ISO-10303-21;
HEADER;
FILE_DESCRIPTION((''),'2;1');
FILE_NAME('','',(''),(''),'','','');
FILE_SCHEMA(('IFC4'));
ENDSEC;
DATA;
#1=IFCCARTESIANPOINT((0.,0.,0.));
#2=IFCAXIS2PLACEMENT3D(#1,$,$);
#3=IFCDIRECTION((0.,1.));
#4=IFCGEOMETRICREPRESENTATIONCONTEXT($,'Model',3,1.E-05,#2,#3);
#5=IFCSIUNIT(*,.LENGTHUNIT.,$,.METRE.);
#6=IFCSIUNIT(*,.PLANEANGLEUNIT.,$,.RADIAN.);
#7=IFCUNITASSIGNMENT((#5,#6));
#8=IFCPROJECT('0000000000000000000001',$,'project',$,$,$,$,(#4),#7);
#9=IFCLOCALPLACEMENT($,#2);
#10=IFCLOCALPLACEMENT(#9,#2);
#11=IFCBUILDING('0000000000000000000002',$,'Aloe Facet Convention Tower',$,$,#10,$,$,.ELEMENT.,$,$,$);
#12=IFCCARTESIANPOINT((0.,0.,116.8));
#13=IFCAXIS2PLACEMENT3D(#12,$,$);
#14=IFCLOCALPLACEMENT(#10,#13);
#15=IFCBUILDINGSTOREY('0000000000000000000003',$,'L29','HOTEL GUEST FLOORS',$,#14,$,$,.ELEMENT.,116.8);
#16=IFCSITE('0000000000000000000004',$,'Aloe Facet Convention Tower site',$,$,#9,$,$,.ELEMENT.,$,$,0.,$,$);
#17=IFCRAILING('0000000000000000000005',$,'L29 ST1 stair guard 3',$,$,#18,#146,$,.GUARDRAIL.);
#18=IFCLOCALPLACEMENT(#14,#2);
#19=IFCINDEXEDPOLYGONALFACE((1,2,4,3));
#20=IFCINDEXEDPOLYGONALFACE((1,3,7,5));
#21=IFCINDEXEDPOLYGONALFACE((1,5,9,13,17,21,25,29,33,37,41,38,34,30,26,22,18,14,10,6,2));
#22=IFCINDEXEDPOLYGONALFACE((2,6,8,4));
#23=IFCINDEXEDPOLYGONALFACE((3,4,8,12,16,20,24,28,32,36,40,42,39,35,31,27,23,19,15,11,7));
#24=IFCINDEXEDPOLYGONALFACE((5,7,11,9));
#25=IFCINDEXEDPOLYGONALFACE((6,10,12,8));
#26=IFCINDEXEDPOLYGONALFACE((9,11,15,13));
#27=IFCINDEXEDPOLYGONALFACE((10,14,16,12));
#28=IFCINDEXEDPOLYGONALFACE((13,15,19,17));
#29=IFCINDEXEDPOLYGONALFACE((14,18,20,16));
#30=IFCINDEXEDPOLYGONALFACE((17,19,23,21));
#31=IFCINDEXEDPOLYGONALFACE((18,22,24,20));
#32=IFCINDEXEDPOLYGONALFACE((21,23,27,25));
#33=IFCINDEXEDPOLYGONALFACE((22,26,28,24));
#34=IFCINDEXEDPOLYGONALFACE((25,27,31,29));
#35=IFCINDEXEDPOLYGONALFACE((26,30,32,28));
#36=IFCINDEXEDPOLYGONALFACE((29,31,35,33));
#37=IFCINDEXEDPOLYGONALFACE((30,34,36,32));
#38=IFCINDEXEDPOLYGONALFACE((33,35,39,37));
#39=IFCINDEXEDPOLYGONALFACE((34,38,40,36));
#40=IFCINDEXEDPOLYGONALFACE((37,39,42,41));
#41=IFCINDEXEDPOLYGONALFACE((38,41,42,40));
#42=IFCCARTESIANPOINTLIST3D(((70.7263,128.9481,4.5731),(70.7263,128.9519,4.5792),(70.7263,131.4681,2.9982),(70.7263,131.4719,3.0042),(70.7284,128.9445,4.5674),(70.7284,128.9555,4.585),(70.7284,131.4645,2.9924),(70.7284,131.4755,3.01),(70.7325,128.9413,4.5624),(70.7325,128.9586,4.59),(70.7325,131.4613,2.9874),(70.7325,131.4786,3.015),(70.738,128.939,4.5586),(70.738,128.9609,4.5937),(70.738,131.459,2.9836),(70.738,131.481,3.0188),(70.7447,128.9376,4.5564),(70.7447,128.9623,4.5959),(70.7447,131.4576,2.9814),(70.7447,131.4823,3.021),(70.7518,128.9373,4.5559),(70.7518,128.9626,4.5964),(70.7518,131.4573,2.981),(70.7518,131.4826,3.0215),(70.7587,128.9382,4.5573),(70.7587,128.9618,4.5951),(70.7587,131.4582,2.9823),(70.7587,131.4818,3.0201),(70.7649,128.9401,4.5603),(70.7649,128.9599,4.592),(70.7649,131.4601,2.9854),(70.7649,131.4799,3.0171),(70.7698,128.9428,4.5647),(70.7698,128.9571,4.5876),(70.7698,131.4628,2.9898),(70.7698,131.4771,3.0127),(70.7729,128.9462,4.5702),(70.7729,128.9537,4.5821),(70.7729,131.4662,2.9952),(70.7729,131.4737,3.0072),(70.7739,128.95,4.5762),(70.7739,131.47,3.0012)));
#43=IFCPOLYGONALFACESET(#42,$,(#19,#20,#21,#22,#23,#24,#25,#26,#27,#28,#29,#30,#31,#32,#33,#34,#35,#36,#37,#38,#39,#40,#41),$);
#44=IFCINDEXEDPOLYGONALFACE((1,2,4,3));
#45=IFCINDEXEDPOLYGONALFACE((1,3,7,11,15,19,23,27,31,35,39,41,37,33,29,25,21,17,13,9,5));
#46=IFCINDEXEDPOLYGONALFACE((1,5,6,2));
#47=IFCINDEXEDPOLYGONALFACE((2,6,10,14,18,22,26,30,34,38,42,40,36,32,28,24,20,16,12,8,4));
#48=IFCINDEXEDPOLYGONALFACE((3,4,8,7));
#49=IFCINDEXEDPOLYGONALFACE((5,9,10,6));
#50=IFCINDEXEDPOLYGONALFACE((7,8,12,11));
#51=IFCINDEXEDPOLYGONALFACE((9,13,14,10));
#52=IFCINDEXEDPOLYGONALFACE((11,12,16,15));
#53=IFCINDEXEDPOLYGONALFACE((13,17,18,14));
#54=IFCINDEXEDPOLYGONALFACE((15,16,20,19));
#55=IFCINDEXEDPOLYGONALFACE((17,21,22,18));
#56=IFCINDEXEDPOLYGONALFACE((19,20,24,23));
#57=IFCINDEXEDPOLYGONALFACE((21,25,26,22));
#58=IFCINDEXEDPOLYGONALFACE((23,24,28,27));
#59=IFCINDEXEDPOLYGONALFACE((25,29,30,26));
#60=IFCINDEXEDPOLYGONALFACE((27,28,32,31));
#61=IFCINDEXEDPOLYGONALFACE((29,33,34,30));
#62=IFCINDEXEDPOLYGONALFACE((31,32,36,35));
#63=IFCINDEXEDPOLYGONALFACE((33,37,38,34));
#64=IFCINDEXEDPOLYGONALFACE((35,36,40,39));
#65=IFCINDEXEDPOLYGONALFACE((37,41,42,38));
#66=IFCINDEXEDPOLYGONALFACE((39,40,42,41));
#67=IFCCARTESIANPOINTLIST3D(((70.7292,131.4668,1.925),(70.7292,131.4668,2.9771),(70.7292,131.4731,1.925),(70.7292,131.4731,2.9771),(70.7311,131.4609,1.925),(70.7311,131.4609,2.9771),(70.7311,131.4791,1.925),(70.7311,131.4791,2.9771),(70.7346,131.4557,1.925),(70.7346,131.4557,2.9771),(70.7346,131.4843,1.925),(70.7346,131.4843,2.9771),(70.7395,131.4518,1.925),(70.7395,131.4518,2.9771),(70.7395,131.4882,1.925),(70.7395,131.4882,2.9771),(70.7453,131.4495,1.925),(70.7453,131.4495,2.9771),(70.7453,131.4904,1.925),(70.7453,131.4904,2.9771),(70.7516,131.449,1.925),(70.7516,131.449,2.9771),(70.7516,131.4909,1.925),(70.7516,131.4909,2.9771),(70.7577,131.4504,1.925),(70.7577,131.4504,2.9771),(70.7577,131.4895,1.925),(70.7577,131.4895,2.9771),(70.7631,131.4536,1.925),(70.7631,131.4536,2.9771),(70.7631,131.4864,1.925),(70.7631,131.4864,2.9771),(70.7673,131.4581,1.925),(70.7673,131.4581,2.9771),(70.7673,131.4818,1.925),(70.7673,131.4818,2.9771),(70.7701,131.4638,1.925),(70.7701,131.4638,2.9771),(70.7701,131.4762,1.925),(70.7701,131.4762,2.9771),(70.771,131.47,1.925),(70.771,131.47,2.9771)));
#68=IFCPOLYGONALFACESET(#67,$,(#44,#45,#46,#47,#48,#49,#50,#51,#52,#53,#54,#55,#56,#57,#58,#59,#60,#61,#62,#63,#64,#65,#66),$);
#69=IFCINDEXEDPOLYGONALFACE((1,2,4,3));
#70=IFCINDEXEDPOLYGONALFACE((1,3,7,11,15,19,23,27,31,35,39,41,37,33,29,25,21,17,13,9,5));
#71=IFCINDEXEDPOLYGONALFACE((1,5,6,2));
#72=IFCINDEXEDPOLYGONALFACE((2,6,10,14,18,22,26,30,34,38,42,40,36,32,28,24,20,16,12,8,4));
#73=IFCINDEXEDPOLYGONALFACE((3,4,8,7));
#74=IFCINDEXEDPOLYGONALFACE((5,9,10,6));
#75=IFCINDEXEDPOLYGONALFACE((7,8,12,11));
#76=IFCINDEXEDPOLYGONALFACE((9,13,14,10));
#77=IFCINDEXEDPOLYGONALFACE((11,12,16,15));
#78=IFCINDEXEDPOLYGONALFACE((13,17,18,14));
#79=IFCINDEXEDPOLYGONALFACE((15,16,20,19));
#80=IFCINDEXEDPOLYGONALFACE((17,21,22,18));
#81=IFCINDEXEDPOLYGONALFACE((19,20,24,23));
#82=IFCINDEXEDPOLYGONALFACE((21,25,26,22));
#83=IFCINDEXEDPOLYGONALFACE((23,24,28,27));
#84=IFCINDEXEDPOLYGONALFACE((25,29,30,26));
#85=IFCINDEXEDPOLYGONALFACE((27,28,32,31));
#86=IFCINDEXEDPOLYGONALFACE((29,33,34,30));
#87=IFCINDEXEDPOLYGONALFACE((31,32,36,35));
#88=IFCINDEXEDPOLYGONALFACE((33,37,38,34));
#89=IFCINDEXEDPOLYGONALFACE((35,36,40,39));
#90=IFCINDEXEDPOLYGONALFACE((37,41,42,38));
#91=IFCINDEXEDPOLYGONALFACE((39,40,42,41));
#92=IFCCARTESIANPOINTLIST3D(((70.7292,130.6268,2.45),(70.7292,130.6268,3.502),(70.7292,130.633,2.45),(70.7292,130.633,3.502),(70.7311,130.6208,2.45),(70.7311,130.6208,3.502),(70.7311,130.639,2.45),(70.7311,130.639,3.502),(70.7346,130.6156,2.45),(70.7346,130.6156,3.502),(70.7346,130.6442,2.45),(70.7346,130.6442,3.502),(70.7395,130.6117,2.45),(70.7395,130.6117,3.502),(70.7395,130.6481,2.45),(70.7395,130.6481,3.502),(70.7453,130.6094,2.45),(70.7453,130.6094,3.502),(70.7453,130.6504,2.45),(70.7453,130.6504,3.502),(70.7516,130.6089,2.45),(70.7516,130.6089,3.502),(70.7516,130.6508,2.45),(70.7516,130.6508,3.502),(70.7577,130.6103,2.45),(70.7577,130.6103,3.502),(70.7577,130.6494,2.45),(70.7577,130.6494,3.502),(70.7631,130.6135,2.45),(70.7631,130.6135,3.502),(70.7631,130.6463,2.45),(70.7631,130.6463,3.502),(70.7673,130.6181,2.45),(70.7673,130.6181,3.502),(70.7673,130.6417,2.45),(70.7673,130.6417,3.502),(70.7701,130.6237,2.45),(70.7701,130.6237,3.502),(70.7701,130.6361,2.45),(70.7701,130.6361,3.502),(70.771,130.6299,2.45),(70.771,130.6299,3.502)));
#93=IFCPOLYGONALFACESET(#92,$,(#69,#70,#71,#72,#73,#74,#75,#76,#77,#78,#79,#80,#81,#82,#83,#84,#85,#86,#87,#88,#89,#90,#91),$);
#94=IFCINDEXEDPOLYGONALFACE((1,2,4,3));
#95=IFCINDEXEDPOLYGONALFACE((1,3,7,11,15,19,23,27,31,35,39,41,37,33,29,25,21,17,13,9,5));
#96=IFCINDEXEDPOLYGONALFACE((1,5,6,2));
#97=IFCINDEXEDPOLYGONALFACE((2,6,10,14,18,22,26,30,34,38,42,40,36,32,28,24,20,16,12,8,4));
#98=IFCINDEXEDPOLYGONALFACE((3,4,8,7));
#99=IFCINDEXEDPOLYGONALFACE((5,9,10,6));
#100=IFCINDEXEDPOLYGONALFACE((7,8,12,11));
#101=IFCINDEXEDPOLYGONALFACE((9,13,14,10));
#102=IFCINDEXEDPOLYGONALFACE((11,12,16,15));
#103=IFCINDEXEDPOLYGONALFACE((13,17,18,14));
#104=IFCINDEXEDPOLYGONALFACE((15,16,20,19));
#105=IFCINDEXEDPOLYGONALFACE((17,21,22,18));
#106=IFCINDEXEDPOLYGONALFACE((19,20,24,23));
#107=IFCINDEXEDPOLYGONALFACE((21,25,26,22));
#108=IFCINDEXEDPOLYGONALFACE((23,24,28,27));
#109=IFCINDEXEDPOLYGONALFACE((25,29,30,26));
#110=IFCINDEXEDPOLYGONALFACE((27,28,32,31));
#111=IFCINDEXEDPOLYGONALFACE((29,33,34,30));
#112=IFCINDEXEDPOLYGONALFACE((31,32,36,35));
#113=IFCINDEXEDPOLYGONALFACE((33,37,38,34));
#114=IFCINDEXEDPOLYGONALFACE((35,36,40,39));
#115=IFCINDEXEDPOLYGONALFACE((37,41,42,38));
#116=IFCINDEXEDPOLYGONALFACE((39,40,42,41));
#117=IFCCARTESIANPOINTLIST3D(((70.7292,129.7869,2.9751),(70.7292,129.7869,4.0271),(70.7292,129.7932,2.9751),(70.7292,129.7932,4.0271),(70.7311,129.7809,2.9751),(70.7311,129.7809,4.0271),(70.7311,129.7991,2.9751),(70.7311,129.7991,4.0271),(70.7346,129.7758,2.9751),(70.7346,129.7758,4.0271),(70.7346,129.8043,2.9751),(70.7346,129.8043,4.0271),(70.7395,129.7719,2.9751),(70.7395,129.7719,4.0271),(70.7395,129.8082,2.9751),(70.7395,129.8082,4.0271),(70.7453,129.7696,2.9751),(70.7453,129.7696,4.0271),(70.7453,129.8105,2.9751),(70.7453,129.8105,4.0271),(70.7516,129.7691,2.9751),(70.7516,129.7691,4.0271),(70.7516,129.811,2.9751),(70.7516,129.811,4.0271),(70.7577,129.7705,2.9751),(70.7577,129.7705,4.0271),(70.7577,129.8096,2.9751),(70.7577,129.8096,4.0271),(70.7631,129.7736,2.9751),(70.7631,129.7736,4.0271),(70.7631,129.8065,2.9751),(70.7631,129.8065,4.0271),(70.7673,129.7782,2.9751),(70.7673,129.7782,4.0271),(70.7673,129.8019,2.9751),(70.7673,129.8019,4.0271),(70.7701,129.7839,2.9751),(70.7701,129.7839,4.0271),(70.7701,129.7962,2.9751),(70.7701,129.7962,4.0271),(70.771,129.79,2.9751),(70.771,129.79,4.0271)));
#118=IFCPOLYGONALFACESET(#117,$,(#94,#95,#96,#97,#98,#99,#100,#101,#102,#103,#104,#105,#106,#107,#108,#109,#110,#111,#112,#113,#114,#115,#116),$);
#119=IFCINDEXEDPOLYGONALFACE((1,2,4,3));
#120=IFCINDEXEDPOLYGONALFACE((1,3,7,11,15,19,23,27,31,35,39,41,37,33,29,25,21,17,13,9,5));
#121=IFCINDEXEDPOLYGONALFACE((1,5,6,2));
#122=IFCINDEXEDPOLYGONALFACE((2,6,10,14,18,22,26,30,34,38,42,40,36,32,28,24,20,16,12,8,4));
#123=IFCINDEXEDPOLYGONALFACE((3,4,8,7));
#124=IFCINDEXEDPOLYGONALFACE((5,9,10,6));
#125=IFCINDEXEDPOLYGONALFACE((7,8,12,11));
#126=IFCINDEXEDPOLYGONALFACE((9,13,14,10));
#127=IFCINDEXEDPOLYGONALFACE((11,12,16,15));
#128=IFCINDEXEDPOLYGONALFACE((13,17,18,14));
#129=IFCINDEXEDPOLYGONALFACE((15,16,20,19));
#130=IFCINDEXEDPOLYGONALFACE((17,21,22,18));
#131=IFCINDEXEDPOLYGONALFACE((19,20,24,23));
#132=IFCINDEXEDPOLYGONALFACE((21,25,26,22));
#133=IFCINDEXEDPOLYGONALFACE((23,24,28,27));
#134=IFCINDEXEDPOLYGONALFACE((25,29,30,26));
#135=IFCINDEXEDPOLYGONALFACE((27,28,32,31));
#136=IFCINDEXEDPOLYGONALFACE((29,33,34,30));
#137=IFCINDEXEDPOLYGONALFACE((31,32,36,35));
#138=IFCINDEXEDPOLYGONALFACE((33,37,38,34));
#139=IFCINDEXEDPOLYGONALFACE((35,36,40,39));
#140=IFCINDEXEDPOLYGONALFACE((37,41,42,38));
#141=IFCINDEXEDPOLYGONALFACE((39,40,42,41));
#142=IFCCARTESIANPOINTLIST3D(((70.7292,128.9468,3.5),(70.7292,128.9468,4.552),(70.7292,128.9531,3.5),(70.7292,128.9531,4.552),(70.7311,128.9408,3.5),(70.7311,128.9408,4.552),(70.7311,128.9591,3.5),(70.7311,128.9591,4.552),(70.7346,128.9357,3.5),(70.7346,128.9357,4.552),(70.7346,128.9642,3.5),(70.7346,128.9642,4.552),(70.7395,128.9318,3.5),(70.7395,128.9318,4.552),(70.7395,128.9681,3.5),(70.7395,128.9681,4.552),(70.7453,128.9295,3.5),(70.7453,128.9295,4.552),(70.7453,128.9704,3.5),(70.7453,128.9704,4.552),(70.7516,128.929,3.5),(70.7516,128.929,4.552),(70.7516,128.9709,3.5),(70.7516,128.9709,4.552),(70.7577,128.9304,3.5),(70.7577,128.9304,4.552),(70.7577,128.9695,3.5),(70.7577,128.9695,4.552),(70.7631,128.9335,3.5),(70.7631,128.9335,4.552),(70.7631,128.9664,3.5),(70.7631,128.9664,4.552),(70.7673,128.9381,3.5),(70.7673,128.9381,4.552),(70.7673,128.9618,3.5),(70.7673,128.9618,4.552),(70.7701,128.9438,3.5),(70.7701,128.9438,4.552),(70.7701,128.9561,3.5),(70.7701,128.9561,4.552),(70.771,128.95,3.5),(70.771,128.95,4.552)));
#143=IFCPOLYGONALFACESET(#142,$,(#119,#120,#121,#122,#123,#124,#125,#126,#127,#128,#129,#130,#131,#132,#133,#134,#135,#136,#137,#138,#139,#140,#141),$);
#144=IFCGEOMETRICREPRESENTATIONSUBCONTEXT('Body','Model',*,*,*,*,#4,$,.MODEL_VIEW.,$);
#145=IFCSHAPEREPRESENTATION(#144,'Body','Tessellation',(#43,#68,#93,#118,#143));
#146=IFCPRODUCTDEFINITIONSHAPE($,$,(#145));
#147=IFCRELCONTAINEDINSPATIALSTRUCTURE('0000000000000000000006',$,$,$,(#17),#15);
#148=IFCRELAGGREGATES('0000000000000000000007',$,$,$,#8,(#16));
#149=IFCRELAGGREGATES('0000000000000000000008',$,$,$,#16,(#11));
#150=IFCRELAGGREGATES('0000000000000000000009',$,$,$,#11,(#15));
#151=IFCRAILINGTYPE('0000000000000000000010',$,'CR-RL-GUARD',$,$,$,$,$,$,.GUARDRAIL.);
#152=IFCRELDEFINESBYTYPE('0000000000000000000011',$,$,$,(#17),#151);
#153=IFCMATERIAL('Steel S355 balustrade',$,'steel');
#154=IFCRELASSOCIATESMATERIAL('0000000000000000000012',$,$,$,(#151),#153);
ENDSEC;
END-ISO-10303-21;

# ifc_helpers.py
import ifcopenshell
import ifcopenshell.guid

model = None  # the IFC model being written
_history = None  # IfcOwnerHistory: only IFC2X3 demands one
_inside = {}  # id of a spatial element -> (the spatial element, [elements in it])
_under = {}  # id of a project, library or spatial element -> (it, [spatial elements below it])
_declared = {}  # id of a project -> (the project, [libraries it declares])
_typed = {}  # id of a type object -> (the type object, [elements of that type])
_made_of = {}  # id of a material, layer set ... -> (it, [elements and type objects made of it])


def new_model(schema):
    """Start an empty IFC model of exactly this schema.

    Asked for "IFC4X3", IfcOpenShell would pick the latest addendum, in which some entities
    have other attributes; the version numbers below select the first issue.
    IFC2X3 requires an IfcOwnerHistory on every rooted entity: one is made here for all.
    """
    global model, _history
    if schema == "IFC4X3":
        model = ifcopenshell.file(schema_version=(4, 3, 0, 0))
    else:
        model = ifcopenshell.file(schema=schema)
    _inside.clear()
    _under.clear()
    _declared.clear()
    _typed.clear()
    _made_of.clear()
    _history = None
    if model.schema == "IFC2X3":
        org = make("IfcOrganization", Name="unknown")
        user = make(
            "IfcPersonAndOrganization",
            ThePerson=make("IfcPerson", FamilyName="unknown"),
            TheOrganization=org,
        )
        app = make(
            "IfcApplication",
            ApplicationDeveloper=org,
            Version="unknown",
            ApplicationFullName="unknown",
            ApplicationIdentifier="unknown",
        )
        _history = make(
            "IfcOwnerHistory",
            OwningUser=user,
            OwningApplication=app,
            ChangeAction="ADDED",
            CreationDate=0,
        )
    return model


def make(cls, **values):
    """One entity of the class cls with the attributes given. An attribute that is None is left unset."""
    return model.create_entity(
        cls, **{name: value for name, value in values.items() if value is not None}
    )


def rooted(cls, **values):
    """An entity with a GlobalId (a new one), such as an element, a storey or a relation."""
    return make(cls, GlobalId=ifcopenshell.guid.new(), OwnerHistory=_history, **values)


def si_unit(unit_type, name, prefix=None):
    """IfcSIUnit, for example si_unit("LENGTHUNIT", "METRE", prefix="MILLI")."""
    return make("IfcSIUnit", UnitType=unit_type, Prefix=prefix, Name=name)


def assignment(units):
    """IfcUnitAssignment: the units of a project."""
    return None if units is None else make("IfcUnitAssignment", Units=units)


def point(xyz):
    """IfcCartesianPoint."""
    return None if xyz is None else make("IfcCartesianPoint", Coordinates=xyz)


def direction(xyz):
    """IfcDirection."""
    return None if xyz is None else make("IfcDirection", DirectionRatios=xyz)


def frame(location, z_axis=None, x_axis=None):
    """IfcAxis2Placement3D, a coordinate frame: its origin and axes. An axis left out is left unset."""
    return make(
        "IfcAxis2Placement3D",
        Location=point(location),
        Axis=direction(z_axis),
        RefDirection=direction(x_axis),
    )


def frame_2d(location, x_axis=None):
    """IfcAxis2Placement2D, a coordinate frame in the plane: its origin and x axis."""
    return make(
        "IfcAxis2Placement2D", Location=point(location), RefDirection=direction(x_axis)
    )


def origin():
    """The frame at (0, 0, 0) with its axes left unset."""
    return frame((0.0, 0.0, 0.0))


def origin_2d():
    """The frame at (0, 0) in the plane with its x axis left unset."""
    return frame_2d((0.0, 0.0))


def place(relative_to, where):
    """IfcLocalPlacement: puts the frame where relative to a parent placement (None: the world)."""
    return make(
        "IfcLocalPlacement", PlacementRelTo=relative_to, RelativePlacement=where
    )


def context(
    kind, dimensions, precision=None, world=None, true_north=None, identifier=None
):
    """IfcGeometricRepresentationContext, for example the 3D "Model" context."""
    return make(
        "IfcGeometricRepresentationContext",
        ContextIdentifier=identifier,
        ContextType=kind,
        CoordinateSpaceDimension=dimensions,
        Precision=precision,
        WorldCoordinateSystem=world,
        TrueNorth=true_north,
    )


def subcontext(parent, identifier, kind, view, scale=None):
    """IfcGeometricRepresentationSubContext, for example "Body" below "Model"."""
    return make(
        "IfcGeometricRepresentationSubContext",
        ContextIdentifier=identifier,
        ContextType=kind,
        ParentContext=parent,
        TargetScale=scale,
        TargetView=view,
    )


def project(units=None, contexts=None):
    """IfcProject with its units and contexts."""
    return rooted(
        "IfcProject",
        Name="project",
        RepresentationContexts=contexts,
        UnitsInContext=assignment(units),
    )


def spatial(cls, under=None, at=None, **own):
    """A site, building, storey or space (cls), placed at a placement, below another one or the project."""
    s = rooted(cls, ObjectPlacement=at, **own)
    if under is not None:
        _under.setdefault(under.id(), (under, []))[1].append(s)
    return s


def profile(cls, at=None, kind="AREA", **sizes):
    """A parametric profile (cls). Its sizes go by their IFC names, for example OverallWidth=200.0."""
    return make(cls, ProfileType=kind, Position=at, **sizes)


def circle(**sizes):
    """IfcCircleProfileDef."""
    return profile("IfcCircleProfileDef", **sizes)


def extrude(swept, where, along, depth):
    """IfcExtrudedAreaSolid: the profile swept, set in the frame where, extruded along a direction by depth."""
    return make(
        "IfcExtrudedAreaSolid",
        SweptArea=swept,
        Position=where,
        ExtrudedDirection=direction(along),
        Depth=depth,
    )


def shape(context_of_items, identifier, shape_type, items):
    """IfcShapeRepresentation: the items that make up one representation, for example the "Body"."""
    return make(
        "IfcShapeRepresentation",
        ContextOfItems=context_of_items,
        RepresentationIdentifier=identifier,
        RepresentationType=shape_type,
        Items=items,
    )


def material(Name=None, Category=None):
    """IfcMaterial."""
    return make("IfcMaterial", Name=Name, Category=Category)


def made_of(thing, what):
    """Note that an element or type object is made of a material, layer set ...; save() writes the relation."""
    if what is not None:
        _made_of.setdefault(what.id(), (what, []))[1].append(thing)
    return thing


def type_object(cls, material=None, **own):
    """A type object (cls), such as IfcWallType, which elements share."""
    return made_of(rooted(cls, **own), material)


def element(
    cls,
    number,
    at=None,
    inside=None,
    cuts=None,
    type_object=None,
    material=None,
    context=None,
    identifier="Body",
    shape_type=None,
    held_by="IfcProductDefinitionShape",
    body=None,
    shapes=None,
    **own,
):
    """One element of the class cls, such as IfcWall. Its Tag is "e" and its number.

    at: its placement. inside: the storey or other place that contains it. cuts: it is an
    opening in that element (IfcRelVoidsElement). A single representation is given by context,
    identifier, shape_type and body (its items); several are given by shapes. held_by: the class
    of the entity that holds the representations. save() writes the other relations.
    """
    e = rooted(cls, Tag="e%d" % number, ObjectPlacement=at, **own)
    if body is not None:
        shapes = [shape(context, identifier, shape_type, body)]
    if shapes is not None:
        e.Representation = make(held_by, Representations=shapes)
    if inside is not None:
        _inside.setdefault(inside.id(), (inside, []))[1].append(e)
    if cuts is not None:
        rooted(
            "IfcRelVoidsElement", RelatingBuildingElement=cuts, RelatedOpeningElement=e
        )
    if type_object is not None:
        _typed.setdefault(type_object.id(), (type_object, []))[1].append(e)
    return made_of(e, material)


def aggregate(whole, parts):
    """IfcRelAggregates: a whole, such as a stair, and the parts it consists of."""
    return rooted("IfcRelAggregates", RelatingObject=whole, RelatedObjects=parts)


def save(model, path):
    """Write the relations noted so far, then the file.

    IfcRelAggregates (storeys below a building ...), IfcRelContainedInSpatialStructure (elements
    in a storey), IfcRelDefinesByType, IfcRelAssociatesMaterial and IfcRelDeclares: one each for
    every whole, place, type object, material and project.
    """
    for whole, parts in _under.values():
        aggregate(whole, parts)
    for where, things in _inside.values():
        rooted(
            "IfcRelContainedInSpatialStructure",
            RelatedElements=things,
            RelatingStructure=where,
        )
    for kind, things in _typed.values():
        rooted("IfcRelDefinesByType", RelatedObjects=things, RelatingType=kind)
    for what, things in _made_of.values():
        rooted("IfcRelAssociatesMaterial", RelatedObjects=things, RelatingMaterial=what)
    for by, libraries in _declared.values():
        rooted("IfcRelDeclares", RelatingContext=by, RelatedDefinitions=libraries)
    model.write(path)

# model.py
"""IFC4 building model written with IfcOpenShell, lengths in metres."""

from ifc_helpers import new_model, si_unit, direction, frame, origin, origin_2d, place, context, subcontext, project, spatial, circle, extrude, material, type_object, element, save


model = new_model("IFC4")

# Units and contexts
model_context = context("Model", 3, precision=1e-05, world=origin(), true_north=direction((0.0, 1.0)))
body_context = subcontext(model_context, "Body", "Model", "MODEL_VIEW")
ifc_project = project(units=[si_unit("LENGTHUNIT", "METRE"), si_unit("PLANEANGLEUNIT", "RADIAN")], contexts=[model_context])

# Site, building, storey
site_placement = place(None, origin())
site = spatial("IfcSite", under=ifc_project, at=site_placement, Name="Aloe Facet Convention Tower site", CompositionType="ELEMENT", RefElevation=0.0)
building_placement = place(site_placement, origin())
building = spatial("IfcBuilding", under=site, at=building_placement, Name="Aloe Facet Convention Tower", CompositionType="ELEMENT")
storey_placement = place(building_placement, frame((0.0, 0.0, 116.8)))
storey = spatial("IfcBuildingStorey", under=building, at=storey_placement, Name="L29", Description="HOTEL GUEST FLOORS", CompositionType="ELEMENT", Elevation=116.8)

# Railing
ifc_material_1 = material(Name="Steel S355 balustrade", Category="steel")
railing_type_1 = type_object("IfcRailingType", Name="CR-RL-GUARD", PredefinedType="GUARDRAIL", material=ifc_material_1)
railing_1_placement = place(storey_placement, frame((70.75, 131.47, 1.925)))
element("IfcRailing", 1, at=railing_1_placement, inside=storey, type_object=railing_type_1, Name="L29 ST1 stair guard 3", PredefinedType="GUARDRAIL", context=body_context, shape_type="SweptSolid", body=[
    extrude(circle(Radius=0.0239, at=origin_2d()), frame((0.0, 0.0, 1.0762), z_axis=(0.0, -0.848008, 0.529984), x_axis=(1.0, 0.0, 0.0)), (0.0, 0.0, 1.0), 2.9717),
    extrude(circle(Radius=0.021, at=origin_2d()), origin(), (0.0, 0.0, 1.0), 1.052),
    extrude(circle(Radius=0.021, at=origin_2d()), frame((0.0, -0.8401, 0.5249)), (0.0, 0.0, 1.0), 1.052),
    extrude(circle(Radius=0.021, at=origin_2d()), frame((0.0, -1.6799, 1.05)), (0.0, 0.0, 1.0), 1.052),
    extrude(circle(Radius=0.021, at=origin_2d()), frame((0.0, -2.52, 1.575)), (0.0, 0.0, 1.0), 1.052),
])

save(model, "model.ifc")
